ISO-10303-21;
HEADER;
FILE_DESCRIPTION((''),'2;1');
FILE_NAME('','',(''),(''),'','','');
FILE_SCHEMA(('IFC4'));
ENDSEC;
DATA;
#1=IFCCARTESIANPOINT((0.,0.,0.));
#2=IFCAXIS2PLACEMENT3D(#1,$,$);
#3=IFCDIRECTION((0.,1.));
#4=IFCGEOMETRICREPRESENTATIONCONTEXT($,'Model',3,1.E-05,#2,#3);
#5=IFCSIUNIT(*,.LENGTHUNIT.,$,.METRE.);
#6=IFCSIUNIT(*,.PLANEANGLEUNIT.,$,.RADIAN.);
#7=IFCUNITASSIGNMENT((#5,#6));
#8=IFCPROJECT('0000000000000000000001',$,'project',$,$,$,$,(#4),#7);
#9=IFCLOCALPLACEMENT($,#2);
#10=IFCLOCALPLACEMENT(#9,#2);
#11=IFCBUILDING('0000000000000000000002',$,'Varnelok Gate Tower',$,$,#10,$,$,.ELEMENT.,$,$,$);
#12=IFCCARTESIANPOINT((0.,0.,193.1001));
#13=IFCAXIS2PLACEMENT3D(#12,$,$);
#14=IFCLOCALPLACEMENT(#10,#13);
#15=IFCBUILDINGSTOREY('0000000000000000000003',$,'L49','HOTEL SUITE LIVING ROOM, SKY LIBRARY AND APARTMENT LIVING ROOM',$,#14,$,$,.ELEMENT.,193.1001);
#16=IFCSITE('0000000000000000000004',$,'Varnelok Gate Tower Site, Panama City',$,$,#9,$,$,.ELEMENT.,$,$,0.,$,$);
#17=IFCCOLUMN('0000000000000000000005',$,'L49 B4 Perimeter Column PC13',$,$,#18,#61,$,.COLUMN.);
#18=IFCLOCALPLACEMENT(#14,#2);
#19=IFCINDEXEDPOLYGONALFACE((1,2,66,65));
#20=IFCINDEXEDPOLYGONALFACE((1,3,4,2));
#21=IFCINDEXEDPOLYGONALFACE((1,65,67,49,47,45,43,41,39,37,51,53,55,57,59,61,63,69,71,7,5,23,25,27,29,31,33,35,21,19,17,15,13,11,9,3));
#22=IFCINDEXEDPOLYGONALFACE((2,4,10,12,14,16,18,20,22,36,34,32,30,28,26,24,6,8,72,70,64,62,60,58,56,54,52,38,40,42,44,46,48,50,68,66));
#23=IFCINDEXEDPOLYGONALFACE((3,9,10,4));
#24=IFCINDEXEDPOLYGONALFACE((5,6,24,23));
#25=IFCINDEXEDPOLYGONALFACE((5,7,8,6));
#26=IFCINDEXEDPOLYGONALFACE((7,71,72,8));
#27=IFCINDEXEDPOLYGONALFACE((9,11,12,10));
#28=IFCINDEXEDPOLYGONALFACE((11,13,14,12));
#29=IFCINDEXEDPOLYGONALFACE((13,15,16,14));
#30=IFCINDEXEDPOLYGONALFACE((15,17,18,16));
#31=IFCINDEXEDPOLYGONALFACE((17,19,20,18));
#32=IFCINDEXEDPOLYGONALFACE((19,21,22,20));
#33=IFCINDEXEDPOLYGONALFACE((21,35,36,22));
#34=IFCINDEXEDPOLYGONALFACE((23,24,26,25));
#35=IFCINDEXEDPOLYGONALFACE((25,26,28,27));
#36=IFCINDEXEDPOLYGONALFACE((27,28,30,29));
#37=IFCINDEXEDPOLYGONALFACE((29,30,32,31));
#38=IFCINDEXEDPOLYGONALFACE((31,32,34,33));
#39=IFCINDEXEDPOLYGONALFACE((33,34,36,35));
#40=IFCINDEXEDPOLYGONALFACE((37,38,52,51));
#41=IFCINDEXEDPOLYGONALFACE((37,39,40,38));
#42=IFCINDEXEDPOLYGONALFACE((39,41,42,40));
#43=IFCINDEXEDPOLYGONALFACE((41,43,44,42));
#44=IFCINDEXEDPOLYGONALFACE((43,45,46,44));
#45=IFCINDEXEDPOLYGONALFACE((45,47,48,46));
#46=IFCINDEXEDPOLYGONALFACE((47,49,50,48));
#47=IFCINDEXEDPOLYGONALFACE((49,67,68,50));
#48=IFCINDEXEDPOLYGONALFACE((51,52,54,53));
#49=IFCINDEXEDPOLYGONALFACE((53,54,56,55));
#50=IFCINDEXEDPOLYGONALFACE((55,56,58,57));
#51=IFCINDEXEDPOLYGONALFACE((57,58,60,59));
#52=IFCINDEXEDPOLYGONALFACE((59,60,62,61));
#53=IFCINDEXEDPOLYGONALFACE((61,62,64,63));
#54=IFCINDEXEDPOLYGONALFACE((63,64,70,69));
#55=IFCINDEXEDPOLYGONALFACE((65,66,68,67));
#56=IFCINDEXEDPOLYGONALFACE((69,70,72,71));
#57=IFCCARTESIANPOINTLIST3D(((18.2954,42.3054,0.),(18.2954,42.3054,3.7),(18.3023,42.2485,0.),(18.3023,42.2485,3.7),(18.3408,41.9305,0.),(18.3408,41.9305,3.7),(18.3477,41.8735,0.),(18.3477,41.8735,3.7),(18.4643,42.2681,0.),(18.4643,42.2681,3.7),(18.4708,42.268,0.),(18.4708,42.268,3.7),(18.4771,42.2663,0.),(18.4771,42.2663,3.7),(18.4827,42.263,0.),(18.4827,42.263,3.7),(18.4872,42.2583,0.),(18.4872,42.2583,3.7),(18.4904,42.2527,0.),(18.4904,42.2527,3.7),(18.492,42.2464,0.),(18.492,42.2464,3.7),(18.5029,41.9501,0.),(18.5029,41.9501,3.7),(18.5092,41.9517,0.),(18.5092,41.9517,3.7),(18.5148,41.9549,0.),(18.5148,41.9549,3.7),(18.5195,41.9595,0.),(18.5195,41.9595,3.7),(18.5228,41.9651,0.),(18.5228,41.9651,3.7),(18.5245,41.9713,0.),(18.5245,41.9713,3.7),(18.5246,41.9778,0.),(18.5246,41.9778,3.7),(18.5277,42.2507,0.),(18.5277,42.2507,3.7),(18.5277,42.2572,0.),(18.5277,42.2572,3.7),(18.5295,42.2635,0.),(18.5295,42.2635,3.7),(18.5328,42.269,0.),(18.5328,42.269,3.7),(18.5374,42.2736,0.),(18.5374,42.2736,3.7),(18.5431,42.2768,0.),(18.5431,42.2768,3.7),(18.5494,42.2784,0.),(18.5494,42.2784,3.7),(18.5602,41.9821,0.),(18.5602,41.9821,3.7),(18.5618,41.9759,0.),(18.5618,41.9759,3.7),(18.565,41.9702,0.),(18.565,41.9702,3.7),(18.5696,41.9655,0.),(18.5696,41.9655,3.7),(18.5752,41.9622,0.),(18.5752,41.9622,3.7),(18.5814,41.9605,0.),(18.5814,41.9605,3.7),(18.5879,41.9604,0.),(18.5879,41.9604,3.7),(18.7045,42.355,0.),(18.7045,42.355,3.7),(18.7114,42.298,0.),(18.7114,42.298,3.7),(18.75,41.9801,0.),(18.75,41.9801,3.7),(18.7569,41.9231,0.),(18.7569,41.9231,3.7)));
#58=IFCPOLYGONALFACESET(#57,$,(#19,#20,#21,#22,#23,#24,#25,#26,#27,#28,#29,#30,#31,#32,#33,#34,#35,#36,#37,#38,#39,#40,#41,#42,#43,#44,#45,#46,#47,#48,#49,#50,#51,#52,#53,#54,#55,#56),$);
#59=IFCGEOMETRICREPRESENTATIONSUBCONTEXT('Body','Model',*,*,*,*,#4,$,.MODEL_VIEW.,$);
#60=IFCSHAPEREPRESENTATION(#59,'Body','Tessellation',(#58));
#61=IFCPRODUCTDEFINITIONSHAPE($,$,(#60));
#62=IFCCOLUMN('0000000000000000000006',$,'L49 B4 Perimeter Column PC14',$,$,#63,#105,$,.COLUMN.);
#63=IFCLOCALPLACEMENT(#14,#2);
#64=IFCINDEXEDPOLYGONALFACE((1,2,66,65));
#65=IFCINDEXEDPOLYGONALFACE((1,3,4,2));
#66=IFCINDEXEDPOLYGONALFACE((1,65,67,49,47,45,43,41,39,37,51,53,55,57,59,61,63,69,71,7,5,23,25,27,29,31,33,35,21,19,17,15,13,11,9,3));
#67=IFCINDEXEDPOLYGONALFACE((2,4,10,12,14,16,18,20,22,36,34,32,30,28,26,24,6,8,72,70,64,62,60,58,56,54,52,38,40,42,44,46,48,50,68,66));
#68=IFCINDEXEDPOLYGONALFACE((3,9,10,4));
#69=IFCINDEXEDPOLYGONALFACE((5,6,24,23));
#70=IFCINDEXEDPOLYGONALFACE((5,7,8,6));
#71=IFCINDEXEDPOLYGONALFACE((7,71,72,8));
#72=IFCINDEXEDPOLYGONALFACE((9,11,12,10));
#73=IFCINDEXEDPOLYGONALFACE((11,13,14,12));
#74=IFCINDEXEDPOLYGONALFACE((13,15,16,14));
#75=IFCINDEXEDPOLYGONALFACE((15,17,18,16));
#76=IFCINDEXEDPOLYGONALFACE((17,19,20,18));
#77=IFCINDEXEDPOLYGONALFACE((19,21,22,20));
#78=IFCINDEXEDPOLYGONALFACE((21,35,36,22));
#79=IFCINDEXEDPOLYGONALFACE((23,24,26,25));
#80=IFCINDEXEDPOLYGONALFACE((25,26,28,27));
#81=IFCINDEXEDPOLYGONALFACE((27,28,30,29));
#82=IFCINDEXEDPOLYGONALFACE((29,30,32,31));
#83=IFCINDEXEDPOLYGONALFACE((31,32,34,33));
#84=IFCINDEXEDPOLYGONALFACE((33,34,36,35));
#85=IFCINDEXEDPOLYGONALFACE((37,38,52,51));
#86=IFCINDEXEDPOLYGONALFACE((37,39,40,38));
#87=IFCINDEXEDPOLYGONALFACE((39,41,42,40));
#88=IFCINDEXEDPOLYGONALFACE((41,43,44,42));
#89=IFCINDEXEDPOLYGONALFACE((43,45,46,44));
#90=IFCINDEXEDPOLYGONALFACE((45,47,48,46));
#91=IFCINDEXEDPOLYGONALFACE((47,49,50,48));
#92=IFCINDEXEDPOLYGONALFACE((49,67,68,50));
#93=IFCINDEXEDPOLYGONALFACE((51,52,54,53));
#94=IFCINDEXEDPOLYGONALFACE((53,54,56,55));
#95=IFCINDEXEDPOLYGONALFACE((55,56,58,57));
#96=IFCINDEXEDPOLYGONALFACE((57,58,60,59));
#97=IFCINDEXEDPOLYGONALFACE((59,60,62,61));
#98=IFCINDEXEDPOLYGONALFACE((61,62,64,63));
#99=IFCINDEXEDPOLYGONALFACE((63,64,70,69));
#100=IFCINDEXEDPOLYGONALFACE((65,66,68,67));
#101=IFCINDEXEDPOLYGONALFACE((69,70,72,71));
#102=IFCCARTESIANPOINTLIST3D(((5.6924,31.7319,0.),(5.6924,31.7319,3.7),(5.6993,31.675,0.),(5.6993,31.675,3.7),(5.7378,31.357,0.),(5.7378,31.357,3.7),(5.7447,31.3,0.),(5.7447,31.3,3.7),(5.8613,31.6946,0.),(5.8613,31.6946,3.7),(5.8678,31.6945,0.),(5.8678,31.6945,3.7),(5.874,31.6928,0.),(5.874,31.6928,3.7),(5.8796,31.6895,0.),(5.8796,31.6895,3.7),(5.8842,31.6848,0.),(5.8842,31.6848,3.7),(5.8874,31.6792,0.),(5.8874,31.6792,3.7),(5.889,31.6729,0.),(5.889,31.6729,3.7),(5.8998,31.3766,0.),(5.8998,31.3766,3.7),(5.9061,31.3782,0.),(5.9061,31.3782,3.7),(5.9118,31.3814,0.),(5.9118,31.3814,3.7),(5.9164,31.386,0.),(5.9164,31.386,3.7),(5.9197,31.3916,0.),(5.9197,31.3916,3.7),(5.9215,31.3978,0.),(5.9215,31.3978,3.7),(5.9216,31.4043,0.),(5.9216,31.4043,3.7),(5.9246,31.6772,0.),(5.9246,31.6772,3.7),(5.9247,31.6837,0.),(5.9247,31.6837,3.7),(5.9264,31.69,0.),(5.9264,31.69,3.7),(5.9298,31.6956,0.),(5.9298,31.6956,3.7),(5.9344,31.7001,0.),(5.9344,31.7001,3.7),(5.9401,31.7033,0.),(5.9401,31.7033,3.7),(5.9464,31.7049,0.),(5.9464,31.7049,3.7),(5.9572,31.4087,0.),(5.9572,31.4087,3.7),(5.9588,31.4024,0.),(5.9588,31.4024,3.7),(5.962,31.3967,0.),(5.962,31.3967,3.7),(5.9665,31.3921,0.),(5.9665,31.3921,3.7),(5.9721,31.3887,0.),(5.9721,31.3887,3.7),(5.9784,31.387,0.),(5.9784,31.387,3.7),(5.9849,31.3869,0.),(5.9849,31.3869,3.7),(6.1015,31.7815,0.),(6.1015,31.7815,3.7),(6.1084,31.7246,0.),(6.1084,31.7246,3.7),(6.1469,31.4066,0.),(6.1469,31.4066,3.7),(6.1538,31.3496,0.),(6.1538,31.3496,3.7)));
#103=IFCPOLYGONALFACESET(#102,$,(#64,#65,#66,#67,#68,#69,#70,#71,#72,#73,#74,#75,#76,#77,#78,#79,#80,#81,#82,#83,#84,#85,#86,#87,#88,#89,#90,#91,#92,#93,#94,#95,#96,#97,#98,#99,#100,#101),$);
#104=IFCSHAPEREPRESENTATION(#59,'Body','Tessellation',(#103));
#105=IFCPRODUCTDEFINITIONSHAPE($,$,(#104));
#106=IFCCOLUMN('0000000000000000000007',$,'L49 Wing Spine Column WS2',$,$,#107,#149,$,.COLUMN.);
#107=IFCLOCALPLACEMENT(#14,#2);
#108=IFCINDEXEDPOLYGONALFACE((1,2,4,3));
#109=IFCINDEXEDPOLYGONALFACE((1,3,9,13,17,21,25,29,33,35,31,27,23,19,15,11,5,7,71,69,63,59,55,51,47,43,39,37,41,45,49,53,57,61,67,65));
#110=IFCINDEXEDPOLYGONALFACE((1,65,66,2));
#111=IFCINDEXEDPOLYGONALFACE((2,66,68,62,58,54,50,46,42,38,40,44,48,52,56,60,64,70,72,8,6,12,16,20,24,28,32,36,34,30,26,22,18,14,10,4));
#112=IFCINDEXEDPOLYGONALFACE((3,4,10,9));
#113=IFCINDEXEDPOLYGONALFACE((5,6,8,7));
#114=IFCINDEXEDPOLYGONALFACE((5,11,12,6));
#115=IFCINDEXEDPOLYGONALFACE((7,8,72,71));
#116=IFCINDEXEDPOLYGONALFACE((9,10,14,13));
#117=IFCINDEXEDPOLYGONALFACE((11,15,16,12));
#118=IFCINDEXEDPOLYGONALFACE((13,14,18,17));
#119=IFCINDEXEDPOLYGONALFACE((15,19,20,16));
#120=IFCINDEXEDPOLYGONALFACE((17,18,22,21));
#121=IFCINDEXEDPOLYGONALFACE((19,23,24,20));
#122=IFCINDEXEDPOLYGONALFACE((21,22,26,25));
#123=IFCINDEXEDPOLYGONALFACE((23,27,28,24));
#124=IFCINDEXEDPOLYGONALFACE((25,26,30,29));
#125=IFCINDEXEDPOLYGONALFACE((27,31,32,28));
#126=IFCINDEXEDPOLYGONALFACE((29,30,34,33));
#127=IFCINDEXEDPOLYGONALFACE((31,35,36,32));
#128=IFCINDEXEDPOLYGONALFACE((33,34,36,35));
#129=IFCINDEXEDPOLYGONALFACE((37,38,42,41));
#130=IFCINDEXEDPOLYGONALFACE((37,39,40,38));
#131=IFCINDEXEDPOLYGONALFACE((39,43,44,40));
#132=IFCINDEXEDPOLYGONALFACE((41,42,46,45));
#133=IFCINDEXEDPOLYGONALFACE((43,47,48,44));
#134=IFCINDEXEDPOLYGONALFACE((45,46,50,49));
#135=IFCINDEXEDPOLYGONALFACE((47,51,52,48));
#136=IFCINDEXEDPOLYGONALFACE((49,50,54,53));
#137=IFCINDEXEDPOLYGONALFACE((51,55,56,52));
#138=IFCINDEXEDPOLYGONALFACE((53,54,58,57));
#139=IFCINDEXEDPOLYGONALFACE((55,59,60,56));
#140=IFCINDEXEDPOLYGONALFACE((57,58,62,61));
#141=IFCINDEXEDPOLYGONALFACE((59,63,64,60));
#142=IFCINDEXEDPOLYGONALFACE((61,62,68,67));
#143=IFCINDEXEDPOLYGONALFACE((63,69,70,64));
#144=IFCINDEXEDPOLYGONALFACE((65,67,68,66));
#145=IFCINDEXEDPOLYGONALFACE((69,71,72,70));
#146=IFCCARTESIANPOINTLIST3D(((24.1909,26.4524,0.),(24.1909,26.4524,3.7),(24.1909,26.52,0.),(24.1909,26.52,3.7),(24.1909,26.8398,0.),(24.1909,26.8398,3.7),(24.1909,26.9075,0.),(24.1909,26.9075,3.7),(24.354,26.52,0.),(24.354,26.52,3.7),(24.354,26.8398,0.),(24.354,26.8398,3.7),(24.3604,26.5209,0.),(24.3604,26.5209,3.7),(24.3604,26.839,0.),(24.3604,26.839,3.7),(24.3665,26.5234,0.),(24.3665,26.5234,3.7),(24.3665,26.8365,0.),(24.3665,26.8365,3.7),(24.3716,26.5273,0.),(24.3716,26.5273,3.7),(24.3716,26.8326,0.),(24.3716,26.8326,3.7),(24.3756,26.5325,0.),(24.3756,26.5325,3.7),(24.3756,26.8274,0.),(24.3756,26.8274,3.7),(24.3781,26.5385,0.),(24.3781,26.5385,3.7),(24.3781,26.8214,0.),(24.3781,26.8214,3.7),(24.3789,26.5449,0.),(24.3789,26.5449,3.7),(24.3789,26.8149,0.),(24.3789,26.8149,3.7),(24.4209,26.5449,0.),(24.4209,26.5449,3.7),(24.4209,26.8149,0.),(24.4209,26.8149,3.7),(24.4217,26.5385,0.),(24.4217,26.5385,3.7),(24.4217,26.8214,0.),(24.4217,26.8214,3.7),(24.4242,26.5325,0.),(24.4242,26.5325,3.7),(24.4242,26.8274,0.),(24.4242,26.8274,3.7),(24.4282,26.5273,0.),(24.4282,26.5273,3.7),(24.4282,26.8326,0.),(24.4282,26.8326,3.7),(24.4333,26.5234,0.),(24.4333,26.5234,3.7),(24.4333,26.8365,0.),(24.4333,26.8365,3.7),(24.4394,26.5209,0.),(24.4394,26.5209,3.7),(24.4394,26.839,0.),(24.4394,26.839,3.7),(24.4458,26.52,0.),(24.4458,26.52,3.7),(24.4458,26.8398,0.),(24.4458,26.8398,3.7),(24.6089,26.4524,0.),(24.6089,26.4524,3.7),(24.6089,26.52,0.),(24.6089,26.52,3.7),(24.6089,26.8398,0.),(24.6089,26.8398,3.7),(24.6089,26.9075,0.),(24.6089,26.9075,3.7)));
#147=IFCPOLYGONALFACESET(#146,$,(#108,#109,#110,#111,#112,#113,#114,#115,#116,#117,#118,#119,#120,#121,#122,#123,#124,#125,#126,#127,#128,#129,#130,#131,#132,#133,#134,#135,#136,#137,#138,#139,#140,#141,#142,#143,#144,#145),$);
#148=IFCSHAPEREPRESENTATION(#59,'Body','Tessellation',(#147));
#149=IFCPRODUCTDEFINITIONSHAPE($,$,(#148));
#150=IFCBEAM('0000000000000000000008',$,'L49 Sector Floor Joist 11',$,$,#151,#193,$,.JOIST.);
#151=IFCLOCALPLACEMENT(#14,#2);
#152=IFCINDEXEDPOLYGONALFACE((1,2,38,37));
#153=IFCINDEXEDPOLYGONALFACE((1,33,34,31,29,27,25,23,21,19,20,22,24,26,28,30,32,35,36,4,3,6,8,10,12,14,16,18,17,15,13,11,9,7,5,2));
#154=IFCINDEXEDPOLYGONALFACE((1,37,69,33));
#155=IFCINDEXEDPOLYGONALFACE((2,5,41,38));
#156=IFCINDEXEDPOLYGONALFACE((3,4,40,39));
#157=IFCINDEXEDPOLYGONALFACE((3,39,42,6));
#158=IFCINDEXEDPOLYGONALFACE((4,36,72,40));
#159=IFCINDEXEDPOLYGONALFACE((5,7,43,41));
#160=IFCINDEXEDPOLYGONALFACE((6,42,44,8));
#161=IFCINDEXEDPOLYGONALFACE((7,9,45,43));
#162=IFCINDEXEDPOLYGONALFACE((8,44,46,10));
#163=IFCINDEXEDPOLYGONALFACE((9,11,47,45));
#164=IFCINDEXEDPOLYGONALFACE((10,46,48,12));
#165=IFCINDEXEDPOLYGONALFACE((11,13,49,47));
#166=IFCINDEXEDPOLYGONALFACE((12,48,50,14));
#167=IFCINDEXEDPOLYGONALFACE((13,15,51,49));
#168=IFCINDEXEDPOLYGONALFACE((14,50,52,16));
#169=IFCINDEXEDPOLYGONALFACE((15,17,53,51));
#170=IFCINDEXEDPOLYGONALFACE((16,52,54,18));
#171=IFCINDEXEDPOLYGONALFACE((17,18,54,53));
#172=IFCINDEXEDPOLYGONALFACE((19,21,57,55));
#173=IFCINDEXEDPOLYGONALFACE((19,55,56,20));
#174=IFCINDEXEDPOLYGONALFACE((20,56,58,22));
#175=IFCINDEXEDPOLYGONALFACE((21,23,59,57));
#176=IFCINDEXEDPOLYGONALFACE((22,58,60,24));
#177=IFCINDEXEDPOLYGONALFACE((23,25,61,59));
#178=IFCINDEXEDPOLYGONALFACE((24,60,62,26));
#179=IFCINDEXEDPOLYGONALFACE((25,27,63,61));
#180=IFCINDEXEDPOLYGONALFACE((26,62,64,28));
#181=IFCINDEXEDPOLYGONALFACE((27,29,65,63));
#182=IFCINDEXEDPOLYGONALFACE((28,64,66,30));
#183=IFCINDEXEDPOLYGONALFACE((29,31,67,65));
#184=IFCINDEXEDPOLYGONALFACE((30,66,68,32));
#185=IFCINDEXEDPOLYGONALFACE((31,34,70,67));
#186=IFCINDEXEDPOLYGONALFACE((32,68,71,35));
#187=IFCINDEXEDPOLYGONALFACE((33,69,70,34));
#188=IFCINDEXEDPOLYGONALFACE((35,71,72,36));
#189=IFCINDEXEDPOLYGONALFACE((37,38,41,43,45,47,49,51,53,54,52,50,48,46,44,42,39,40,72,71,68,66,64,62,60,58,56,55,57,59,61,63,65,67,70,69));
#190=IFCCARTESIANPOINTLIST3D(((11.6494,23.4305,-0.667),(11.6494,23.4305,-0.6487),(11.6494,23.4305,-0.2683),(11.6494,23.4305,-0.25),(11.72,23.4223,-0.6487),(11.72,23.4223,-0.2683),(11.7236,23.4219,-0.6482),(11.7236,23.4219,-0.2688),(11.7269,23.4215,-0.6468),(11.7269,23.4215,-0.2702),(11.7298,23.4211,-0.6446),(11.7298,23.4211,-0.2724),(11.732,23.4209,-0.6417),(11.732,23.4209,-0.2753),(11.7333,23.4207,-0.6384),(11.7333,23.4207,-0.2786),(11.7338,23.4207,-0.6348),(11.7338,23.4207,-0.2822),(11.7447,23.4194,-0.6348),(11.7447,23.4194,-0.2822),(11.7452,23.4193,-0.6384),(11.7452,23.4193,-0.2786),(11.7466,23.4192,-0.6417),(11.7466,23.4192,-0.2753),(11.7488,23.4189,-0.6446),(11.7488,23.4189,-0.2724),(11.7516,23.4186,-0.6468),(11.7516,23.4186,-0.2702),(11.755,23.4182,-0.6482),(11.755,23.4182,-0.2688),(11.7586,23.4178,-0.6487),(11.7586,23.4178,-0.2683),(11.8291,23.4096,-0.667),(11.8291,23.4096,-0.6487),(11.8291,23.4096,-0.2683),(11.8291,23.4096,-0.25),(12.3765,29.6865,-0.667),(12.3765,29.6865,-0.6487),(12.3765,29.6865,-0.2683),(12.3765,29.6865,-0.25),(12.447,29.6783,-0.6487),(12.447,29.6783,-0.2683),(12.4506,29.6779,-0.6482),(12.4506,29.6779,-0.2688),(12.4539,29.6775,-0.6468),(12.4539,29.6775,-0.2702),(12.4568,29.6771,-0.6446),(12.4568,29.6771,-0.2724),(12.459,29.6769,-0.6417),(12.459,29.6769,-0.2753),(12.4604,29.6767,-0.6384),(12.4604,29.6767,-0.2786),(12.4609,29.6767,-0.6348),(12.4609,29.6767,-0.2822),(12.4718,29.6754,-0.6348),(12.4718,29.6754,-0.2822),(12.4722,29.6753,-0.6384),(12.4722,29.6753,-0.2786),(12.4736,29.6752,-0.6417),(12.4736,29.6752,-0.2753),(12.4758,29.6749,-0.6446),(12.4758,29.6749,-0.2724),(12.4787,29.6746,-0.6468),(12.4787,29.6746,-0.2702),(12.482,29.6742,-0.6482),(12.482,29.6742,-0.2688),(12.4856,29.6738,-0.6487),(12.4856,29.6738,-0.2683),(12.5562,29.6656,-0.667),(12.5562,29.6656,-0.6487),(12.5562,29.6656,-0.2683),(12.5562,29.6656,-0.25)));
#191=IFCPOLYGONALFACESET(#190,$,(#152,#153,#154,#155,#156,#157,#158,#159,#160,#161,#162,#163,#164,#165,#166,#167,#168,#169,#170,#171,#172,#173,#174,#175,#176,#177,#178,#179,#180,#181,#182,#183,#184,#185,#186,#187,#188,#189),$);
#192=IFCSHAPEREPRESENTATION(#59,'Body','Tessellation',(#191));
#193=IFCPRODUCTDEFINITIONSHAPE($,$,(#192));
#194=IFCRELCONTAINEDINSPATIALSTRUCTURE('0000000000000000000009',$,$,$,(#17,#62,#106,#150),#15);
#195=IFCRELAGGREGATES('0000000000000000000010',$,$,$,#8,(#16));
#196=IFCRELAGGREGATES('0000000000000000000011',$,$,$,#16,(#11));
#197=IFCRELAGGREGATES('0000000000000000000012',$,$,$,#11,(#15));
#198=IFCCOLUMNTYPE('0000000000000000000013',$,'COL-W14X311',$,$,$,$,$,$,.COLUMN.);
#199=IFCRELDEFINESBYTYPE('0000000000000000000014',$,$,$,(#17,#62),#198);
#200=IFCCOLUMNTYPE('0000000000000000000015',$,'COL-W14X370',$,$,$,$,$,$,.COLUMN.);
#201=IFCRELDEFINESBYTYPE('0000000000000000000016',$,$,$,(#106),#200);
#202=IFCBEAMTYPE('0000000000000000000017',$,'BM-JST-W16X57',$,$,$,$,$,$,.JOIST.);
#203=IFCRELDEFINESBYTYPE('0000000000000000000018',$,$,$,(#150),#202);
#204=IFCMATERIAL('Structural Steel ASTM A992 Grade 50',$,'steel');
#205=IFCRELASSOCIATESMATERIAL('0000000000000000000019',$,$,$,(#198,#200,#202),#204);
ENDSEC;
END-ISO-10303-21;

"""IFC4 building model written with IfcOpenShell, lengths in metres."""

from ifc_helpers import new_model, si_unit, direction, frame, origin, origin_2d, place, context, subcontext, project, spatial, i_section, extrude, material, material_profile, profile_set, type_object, element, save


model = new_model("IFC4")

# Units and contexts
model_context = context("Model", 3, precision=1e-05, world=origin(), true_north=direction((0.0, 1.0)))
body_context = subcontext(model_context, "Body", "Model", "MODEL_VIEW")
ifc_project = project(units=[si_unit("LENGTHUNIT", "METRE"), si_unit("PLANEANGLEUNIT", "RADIAN")], contexts=[model_context])

# Site, building, storey
site_placement = place(None, origin())
site = spatial("IfcSite", under=ifc_project, at=site_placement, Name="Varnelok Gate Tower Site, Panama City", CompositionType="ELEMENT", RefElevation=0.0)
building_placement = place(site_placement, origin())
building = spatial("IfcBuilding", under=site, at=building_placement, Name="Varnelok Gate Tower", CompositionType="ELEMENT")
storey_placement = place(building_placement, frame((0.0, 0.0, 193.1001)))
storey = spatial("IfcBuildingStorey", under=building, at=storey_placement, Name="L49", Description="HOTEL SUITE LIVING ROOM, SKY LIBRARY AND APARTMENT LIVING ROOM", CompositionType="ELEMENT", Elevation=193.1001)

# Columns
ifc_material_1 = material(Name="Structural Steel ASTM A992 Grade 50", Category="steel")
ifc_material_profile_1 = material_profile(ifc_material_1, i_section(OverallWidth=0.4121, OverallDepth=0.4351, WebThickness=0.0359, FlangeThickness=0.0574, FilletRadius=0.0249, at=origin_2d()), Name="W14X311")
ifc_profile_set_1 = profile_set([ifc_material_profile_1], Name="Structural Steel ASTM A992 Grade 50")
column_type_1 = type_object("IfcColumnType", Name="COL-W14X311", PredefinedType="COLUMN", material=ifc_profile_set_1)
for number, where, z_axis, x_axis, name in (
    (1, (18.5261, 42.1143, 0.0), (0.0, 0.0, 1.0), (0.992732, 0.120345, 0.0), "L49 B4 Perimeter Column PC13"),
    (2, (5.9231, 31.5408, 0.0), (0.0, 0.0, 1.0), (0.992732, 0.120345, 0.0), "L49 B4 Perimeter Column PC14"),
):
    element("IfcColumn", number, at=place(storey_placement, frame(where, z_axis=z_axis, x_axis=x_axis)), inside=storey, type_object=column_type_1, Name=name, PredefinedType="COLUMN", context=body_context, shape_type="SweptSolid", body=[
        extrude(i_section(OverallWidth=0.4121, OverallDepth=0.4351, WebThickness=0.0359, FlangeThickness=0.0574, FilletRadius=0.0249, at=origin_2d()), origin(), (0.0, 0.0, 1.0), 3.7),
    ])
ifc_material_profile_2 = material_profile(ifc_material_1, i_section(OverallWidth=0.418, OverallDepth=0.4551, WebThickness=0.042, FlangeThickness=0.0676, FilletRadius=0.0249, at=origin_2d()), Name="W14X370")
ifc_profile_set_2 = profile_set([ifc_material_profile_2], Name="Structural Steel ASTM A992 Grade 50")
column_type_2 = type_object("IfcColumnType", Name="COL-W14X370", PredefinedType="COLUMN", material=ifc_profile_set_2)
column_placement = place(storey_placement, frame((24.3999, 26.6799, 0.0), z_axis=(0.0, 0.0, 1.0), x_axis=(1.0, 0.0, 0.0)))
element("IfcColumn", 3, at=column_placement, inside=storey, type_object=column_type_2, Name="L49 Wing Spine Column WS2", PredefinedType="COLUMN", context=body_context, shape_type="SweptSolid", body=[
    extrude(i_section(OverallWidth=0.418, OverallDepth=0.4551, WebThickness=0.042, FlangeThickness=0.0676, FilletRadius=0.0249, at=origin_2d()), origin(), (0.0, 0.0, 1.0), 3.7),
])

# Beam
ifc_material_profile_3 = material_profile(ifc_material_1, i_section(OverallWidth=0.1809, OverallDepth=0.417, WebThickness=0.011, FlangeThickness=0.0183, FilletRadius=0.0139, at=origin_2d()), Name="W16X57")
ifc_profile_set_3 = profile_set([ifc_material_profile_3], Name="Structural Steel ASTM A992 Grade 50")
beam_type_1 = type_object("IfcBeamType", Name="BM-JST-W16X57", PredefinedType="JOIST", material=ifc_profile_set_3)
beam_1_placement = place(storey_placement, frame((12.4663, 29.676, -0.4585), z_axis=(-0.115438, -0.993315, 0.0), x_axis=(0.993315, -0.115438, 0.0)))
element("IfcBeam", 4, at=beam_1_placement, inside=storey, type_object=beam_type_1, Name="L49 Sector Floor Joist 11", PredefinedType="JOIST", context=body_context, shape_type="SweptSolid", body=[
    extrude(i_section(OverallWidth=0.1809, OverallDepth=0.417, WebThickness=0.011, FlangeThickness=0.0183, FilletRadius=0.0139, at=origin_2d()), origin(), (0.0, 0.0, 1.0), 6.2981),
])

save(model, "model.ifc")
